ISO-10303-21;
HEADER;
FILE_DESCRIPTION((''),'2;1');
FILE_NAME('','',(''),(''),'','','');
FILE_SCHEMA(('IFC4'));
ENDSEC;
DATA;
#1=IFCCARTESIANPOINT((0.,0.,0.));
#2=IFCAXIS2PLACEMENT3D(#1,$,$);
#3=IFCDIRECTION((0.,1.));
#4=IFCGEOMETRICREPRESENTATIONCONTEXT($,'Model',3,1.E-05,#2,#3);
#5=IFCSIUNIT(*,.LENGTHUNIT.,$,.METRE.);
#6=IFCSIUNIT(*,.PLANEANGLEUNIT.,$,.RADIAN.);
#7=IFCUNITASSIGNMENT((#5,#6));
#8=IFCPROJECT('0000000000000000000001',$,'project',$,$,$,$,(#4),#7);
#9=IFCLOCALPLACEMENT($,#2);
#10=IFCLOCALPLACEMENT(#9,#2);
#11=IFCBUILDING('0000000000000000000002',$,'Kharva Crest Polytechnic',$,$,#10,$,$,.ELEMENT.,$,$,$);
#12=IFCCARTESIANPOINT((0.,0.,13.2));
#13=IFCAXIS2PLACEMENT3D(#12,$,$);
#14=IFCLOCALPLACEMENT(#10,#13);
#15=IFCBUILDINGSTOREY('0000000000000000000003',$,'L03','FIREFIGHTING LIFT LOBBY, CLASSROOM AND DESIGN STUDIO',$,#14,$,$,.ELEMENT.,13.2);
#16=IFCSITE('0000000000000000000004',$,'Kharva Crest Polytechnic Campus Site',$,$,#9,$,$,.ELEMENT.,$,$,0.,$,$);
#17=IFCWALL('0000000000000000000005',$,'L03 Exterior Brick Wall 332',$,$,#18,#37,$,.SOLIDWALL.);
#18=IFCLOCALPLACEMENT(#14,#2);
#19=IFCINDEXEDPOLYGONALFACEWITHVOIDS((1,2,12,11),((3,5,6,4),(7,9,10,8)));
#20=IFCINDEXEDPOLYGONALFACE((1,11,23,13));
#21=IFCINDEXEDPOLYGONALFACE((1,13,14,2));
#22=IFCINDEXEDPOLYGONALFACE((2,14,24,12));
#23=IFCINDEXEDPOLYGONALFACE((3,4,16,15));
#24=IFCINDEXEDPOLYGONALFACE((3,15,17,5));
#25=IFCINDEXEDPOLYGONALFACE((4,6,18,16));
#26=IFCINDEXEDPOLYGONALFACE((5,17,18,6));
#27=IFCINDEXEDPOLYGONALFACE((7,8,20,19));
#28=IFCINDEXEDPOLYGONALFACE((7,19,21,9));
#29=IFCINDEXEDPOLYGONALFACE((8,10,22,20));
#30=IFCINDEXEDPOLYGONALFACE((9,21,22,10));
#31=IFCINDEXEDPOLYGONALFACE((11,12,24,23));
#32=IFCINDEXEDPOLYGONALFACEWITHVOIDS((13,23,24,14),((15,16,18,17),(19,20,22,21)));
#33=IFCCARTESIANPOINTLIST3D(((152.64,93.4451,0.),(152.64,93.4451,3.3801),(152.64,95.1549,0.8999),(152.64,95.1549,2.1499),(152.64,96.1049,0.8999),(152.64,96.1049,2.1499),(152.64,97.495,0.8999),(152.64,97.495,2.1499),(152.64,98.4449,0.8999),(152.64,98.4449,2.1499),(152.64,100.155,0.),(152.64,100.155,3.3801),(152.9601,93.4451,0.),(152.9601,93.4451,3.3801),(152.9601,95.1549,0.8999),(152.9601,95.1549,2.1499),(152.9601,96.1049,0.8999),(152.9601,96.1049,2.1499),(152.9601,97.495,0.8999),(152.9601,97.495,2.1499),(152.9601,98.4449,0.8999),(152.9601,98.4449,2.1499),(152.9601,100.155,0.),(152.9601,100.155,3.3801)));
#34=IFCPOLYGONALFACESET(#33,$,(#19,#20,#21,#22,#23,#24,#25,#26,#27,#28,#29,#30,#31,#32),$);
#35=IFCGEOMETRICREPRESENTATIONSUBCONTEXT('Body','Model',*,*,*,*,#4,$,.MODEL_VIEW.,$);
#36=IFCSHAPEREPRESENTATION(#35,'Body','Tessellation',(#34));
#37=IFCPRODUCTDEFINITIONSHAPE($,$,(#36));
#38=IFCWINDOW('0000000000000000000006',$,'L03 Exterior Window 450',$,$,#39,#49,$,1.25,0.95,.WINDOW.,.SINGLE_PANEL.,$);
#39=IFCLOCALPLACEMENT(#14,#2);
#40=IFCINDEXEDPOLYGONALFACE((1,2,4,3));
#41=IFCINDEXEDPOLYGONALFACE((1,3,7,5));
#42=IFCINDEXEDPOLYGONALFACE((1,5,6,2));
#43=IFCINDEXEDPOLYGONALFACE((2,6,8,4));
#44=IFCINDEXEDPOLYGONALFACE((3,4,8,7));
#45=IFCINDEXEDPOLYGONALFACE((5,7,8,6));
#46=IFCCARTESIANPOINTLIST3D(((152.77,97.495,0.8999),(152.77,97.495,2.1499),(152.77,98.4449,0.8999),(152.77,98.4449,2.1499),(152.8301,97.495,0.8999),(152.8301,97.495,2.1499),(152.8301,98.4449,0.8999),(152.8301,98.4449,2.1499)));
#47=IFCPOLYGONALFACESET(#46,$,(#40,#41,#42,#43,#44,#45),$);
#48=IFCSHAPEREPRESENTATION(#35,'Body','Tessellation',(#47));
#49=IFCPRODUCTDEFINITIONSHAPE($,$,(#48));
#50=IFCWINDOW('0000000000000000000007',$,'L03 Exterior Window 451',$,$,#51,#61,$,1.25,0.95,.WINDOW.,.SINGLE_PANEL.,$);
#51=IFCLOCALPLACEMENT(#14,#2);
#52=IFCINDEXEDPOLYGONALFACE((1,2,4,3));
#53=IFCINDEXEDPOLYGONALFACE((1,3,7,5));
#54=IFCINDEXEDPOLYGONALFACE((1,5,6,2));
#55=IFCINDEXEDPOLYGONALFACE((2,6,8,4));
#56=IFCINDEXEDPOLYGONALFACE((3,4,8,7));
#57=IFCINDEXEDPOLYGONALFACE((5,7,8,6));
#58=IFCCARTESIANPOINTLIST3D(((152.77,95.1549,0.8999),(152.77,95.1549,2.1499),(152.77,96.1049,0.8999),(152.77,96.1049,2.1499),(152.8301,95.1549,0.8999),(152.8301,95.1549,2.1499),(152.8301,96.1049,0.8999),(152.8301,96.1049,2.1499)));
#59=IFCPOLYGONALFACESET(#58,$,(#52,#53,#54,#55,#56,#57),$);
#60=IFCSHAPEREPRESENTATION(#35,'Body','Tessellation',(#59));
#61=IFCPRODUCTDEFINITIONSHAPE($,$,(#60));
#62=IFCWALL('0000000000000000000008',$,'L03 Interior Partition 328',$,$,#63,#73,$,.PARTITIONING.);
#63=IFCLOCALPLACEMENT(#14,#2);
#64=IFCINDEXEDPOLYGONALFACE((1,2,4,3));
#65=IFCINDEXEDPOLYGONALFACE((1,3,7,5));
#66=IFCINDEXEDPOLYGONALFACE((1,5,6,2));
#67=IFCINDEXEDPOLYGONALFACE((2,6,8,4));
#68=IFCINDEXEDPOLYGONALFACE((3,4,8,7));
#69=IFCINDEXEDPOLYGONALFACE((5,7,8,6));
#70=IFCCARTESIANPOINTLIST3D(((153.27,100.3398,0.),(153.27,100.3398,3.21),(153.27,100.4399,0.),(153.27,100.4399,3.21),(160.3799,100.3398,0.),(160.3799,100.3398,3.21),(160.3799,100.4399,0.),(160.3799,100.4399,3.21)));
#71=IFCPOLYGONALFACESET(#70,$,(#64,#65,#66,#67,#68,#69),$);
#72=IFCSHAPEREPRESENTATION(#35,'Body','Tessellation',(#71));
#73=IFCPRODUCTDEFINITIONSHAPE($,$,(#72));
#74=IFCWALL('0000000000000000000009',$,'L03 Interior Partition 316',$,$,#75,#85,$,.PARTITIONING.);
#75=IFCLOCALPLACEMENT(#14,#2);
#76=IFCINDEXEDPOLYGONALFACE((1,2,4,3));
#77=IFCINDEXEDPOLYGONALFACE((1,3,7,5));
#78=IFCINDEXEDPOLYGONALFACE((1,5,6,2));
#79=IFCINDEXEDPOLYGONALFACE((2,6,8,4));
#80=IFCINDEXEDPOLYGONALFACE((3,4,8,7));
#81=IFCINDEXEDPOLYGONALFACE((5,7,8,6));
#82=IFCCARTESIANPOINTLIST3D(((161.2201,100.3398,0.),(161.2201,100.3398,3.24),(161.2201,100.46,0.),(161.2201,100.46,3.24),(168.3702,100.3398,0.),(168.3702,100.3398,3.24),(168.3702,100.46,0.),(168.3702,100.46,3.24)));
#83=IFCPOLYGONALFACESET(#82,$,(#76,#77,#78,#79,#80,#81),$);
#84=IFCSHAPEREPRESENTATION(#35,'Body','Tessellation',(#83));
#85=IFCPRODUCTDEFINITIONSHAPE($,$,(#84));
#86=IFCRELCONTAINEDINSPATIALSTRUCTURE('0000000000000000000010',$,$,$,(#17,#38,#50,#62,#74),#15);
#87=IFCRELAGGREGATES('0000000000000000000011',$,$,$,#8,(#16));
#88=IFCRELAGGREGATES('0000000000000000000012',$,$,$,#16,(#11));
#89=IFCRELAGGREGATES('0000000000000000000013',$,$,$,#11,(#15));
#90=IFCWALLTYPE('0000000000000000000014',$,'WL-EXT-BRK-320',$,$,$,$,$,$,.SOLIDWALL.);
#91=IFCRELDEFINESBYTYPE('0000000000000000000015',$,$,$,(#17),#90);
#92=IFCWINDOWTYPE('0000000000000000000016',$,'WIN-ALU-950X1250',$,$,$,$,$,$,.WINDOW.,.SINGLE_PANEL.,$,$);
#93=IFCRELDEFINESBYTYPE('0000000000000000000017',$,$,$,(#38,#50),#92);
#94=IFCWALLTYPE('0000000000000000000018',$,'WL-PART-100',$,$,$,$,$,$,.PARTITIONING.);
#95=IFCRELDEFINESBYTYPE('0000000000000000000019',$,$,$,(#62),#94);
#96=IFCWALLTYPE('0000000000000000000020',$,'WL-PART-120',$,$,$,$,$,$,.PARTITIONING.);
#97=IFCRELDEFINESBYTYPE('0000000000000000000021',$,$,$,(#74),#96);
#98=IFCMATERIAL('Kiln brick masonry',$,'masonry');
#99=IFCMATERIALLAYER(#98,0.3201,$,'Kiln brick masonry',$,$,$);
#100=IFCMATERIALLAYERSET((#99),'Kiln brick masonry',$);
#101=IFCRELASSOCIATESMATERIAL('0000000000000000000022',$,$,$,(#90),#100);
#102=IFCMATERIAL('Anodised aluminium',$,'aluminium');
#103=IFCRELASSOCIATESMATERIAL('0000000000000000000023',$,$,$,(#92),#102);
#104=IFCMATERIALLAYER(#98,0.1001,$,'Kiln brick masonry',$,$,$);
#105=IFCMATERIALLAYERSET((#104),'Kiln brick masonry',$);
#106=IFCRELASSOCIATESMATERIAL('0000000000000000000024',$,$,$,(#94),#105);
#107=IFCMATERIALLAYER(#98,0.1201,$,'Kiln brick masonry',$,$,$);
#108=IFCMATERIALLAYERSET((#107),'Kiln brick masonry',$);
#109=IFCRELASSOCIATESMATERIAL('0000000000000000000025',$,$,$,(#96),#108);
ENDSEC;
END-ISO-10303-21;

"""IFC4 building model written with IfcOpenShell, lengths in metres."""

from ifc_helpers import new_model, si_unit, direction, frame, frame_2d, origin, place, context, subcontext, project, spatial, rectangle, extrude, material, layer, layer_set, type_object, element, fill, save


model = new_model("IFC4")

# Units and contexts
model_context = context("Model", 3, precision=1e-05, world=origin(), true_north=direction((0.0, 1.0)))
body_context = subcontext(model_context, "Body", "Model", "MODEL_VIEW")
ifc_project = project(units=[si_unit("LENGTHUNIT", "METRE"), si_unit("PLANEANGLEUNIT", "RADIAN")], contexts=[model_context])

# Site, building, storey
site_placement = place(None, origin())
site = spatial("IfcSite", under=ifc_project, at=site_placement, Name="Kharva Crest Polytechnic Campus Site", CompositionType="ELEMENT", RefElevation=0.0)
building_placement = place(site_placement, origin())
building = spatial("IfcBuilding", under=site, at=building_placement, Name="Kharva Crest Polytechnic", CompositionType="ELEMENT")
storey_placement = place(building_placement, frame((0.0, 0.0, 13.2)))
storey = spatial("IfcBuildingStorey", under=building, at=storey_placement, Name="L03", Description="FIREFIGHTING LIFT LOBBY, CLASSROOM AND DESIGN STUDIO", CompositionType="ELEMENT", Elevation=13.2)

# Wall, openings, windows
ifc_material_1 = material(Name="Kiln brick masonry", Category="masonry")
ifc_layer_1 = layer(ifc_material_1, 0.3201, Name="Kiln brick masonry")
ifc_layer_set_1 = layer_set([ifc_layer_1], Name="Kiln brick masonry")
wall_type_1 = type_object("IfcWallType", Name="WL-EXT-BRK-320", PredefinedType="SOLIDWALL", material=ifc_layer_set_1)
wall_1_placement = place(storey_placement, frame((152.8, 100.155, 0.0), z_axis=(0.0, 0.0, 1.0), x_axis=(0.0, -1.0, 0.0)))
wall_1 = element("IfcWall", 1, at=wall_1_placement, inside=storey, type_object=wall_type_1, Name="L03 Exterior Brick Wall 332", PredefinedType="SOLIDWALL", context=body_context, shape_type="SweptSolid", body=[
    extrude(rectangle(XDim=6.71, YDim=0.3201, at=frame_2d((3.355, 0.0))), origin(), (0.0, 0.0, 1.0), 3.3801),
])
opening_1_placement = place(wall_1_placement, frame((1.71, 0.0, 0.8999)))
opening_1 = element("IfcOpeningElement", 2, at=opening_1_placement, cuts=wall_1, PredefinedType="OPENING", context=body_context, shape_type="SweptSolid", body=[
    extrude(rectangle(XDim=0.95, YDim=1.25, at=frame_2d((0.4751, 0.625))), frame((0.0, 0.1699, 0.0), z_axis=(0.0, -1.0, 0.0), x_axis=(1.0, 0.0, 0.0)), (0.0, 0.0, 1.0), 0.3401),
])
opening_2_placement = place(wall_1_placement, frame((4.05, 0.0, 0.8999)))
opening_2 = element("IfcOpeningElement", 3, at=opening_2_placement, cuts=wall_1, PredefinedType="OPENING", context=body_context, shape_type="SweptSolid", body=[
    extrude(rectangle(XDim=0.95, YDim=1.25, at=frame_2d((0.4751, 0.625))), frame((0.0, 0.1699, 0.0), z_axis=(0.0, -1.0, 0.0), x_axis=(1.0, 0.0, 0.0)), (0.0, 0.0, 1.0), 0.3401),
])
ifc_material_2 = material(Name="Anodised aluminium", Category="aluminium")
window_type = type_object("IfcWindowType", Name="WIN-ALU-950X1250", PartitioningType="SINGLE_PANEL", PredefinedType="WINDOW", material=ifc_material_2)
window_1_placement = place(opening_1_placement, origin())
window_1 = element("IfcWindow", 4, at=window_1_placement, inside=storey, type_object=window_type, Name="L03 Exterior Window 450", OverallHeight=1.25, OverallWidth=0.95, PartitioningType="SINGLE_PANEL", PredefinedType="WINDOW", context=body_context, shape_type="SweptSolid", body=[
    extrude(rectangle(XDim=0.95, YDim=1.25, at=frame_2d((0.4751, 0.625))), frame((0.0, 0.03, 0.0), z_axis=(0.0, -1.0, 0.0), x_axis=(1.0, 0.0, 0.0)), (0.0, 0.0, 1.0), 0.0601),
])
fill(opening_1, window_1)
window_2_placement = place(opening_2_placement, origin())
window_2 = element("IfcWindow", 5, at=window_2_placement, inside=storey, type_object=window_type, Name="L03 Exterior Window 451", OverallHeight=1.25, OverallWidth=0.95, PartitioningType="SINGLE_PANEL", PredefinedType="WINDOW", context=body_context, shape_type="SweptSolid", body=[
    extrude(rectangle(XDim=0.95, YDim=1.25, at=frame_2d((0.4751, 0.625))), frame((0.0, 0.03, 0.0), z_axis=(0.0, -1.0, 0.0), x_axis=(1.0, 0.0, 0.0)), (0.0, 0.0, 1.0), 0.0601),
])
fill(opening_2, window_2)

# Walls
ifc_layer_2 = layer(ifc_material_1, 0.1001, Name="Kiln brick masonry")
ifc_layer_set_2 = layer_set([ifc_layer_2], Name="Kiln brick masonry")
wall_type_2 = type_object("IfcWallType", Name="WL-PART-100", PredefinedType="PARTITIONING", material=ifc_layer_set_2)
wall_2_placement = place(storey_placement, frame((153.27, 100.3899, 0.0), z_axis=(0.0, 0.0, 1.0), x_axis=(1.0, 0.0, 0.0)))
element("IfcWall", 6, at=wall_2_placement, inside=storey, type_object=wall_type_2, Name="L03 Interior Partition 328", PredefinedType="PARTITIONING", context=body_context, shape_type="SweptSolid", body=[
    extrude(rectangle(XDim=7.1099, YDim=0.1001, at=frame_2d((3.5549, 0.0))), origin(), (0.0, 0.0, 1.0), 3.21),
])
ifc_layer_3 = layer(ifc_material_1, 0.1201, Name="Kiln brick masonry")
ifc_layer_set_3 = layer_set([ifc_layer_3], Name="Kiln brick masonry")
wall_type_3 = type_object("IfcWallType", Name="WL-PART-120", PredefinedType="PARTITIONING", material=ifc_layer_set_3)
wall_3_placement = place(storey_placement, frame((161.22, 100.3999, 0.0), z_axis=(0.0, 0.0, 1.0), x_axis=(1.0, 0.0, 0.0)))
element("IfcWall", 7, at=wall_3_placement, inside=storey, type_object=wall_type_3, Name="L03 Interior Partition 316", PredefinedType="PARTITIONING", context=body_context, shape_type="SweptSolid", body=[
    extrude(rectangle(XDim=7.1501, YDim=0.1201, at=frame_2d((3.5752, 0.0))), origin(), (0.0, 0.0, 1.0), 3.24),
])

save(model, "model.ifc")
